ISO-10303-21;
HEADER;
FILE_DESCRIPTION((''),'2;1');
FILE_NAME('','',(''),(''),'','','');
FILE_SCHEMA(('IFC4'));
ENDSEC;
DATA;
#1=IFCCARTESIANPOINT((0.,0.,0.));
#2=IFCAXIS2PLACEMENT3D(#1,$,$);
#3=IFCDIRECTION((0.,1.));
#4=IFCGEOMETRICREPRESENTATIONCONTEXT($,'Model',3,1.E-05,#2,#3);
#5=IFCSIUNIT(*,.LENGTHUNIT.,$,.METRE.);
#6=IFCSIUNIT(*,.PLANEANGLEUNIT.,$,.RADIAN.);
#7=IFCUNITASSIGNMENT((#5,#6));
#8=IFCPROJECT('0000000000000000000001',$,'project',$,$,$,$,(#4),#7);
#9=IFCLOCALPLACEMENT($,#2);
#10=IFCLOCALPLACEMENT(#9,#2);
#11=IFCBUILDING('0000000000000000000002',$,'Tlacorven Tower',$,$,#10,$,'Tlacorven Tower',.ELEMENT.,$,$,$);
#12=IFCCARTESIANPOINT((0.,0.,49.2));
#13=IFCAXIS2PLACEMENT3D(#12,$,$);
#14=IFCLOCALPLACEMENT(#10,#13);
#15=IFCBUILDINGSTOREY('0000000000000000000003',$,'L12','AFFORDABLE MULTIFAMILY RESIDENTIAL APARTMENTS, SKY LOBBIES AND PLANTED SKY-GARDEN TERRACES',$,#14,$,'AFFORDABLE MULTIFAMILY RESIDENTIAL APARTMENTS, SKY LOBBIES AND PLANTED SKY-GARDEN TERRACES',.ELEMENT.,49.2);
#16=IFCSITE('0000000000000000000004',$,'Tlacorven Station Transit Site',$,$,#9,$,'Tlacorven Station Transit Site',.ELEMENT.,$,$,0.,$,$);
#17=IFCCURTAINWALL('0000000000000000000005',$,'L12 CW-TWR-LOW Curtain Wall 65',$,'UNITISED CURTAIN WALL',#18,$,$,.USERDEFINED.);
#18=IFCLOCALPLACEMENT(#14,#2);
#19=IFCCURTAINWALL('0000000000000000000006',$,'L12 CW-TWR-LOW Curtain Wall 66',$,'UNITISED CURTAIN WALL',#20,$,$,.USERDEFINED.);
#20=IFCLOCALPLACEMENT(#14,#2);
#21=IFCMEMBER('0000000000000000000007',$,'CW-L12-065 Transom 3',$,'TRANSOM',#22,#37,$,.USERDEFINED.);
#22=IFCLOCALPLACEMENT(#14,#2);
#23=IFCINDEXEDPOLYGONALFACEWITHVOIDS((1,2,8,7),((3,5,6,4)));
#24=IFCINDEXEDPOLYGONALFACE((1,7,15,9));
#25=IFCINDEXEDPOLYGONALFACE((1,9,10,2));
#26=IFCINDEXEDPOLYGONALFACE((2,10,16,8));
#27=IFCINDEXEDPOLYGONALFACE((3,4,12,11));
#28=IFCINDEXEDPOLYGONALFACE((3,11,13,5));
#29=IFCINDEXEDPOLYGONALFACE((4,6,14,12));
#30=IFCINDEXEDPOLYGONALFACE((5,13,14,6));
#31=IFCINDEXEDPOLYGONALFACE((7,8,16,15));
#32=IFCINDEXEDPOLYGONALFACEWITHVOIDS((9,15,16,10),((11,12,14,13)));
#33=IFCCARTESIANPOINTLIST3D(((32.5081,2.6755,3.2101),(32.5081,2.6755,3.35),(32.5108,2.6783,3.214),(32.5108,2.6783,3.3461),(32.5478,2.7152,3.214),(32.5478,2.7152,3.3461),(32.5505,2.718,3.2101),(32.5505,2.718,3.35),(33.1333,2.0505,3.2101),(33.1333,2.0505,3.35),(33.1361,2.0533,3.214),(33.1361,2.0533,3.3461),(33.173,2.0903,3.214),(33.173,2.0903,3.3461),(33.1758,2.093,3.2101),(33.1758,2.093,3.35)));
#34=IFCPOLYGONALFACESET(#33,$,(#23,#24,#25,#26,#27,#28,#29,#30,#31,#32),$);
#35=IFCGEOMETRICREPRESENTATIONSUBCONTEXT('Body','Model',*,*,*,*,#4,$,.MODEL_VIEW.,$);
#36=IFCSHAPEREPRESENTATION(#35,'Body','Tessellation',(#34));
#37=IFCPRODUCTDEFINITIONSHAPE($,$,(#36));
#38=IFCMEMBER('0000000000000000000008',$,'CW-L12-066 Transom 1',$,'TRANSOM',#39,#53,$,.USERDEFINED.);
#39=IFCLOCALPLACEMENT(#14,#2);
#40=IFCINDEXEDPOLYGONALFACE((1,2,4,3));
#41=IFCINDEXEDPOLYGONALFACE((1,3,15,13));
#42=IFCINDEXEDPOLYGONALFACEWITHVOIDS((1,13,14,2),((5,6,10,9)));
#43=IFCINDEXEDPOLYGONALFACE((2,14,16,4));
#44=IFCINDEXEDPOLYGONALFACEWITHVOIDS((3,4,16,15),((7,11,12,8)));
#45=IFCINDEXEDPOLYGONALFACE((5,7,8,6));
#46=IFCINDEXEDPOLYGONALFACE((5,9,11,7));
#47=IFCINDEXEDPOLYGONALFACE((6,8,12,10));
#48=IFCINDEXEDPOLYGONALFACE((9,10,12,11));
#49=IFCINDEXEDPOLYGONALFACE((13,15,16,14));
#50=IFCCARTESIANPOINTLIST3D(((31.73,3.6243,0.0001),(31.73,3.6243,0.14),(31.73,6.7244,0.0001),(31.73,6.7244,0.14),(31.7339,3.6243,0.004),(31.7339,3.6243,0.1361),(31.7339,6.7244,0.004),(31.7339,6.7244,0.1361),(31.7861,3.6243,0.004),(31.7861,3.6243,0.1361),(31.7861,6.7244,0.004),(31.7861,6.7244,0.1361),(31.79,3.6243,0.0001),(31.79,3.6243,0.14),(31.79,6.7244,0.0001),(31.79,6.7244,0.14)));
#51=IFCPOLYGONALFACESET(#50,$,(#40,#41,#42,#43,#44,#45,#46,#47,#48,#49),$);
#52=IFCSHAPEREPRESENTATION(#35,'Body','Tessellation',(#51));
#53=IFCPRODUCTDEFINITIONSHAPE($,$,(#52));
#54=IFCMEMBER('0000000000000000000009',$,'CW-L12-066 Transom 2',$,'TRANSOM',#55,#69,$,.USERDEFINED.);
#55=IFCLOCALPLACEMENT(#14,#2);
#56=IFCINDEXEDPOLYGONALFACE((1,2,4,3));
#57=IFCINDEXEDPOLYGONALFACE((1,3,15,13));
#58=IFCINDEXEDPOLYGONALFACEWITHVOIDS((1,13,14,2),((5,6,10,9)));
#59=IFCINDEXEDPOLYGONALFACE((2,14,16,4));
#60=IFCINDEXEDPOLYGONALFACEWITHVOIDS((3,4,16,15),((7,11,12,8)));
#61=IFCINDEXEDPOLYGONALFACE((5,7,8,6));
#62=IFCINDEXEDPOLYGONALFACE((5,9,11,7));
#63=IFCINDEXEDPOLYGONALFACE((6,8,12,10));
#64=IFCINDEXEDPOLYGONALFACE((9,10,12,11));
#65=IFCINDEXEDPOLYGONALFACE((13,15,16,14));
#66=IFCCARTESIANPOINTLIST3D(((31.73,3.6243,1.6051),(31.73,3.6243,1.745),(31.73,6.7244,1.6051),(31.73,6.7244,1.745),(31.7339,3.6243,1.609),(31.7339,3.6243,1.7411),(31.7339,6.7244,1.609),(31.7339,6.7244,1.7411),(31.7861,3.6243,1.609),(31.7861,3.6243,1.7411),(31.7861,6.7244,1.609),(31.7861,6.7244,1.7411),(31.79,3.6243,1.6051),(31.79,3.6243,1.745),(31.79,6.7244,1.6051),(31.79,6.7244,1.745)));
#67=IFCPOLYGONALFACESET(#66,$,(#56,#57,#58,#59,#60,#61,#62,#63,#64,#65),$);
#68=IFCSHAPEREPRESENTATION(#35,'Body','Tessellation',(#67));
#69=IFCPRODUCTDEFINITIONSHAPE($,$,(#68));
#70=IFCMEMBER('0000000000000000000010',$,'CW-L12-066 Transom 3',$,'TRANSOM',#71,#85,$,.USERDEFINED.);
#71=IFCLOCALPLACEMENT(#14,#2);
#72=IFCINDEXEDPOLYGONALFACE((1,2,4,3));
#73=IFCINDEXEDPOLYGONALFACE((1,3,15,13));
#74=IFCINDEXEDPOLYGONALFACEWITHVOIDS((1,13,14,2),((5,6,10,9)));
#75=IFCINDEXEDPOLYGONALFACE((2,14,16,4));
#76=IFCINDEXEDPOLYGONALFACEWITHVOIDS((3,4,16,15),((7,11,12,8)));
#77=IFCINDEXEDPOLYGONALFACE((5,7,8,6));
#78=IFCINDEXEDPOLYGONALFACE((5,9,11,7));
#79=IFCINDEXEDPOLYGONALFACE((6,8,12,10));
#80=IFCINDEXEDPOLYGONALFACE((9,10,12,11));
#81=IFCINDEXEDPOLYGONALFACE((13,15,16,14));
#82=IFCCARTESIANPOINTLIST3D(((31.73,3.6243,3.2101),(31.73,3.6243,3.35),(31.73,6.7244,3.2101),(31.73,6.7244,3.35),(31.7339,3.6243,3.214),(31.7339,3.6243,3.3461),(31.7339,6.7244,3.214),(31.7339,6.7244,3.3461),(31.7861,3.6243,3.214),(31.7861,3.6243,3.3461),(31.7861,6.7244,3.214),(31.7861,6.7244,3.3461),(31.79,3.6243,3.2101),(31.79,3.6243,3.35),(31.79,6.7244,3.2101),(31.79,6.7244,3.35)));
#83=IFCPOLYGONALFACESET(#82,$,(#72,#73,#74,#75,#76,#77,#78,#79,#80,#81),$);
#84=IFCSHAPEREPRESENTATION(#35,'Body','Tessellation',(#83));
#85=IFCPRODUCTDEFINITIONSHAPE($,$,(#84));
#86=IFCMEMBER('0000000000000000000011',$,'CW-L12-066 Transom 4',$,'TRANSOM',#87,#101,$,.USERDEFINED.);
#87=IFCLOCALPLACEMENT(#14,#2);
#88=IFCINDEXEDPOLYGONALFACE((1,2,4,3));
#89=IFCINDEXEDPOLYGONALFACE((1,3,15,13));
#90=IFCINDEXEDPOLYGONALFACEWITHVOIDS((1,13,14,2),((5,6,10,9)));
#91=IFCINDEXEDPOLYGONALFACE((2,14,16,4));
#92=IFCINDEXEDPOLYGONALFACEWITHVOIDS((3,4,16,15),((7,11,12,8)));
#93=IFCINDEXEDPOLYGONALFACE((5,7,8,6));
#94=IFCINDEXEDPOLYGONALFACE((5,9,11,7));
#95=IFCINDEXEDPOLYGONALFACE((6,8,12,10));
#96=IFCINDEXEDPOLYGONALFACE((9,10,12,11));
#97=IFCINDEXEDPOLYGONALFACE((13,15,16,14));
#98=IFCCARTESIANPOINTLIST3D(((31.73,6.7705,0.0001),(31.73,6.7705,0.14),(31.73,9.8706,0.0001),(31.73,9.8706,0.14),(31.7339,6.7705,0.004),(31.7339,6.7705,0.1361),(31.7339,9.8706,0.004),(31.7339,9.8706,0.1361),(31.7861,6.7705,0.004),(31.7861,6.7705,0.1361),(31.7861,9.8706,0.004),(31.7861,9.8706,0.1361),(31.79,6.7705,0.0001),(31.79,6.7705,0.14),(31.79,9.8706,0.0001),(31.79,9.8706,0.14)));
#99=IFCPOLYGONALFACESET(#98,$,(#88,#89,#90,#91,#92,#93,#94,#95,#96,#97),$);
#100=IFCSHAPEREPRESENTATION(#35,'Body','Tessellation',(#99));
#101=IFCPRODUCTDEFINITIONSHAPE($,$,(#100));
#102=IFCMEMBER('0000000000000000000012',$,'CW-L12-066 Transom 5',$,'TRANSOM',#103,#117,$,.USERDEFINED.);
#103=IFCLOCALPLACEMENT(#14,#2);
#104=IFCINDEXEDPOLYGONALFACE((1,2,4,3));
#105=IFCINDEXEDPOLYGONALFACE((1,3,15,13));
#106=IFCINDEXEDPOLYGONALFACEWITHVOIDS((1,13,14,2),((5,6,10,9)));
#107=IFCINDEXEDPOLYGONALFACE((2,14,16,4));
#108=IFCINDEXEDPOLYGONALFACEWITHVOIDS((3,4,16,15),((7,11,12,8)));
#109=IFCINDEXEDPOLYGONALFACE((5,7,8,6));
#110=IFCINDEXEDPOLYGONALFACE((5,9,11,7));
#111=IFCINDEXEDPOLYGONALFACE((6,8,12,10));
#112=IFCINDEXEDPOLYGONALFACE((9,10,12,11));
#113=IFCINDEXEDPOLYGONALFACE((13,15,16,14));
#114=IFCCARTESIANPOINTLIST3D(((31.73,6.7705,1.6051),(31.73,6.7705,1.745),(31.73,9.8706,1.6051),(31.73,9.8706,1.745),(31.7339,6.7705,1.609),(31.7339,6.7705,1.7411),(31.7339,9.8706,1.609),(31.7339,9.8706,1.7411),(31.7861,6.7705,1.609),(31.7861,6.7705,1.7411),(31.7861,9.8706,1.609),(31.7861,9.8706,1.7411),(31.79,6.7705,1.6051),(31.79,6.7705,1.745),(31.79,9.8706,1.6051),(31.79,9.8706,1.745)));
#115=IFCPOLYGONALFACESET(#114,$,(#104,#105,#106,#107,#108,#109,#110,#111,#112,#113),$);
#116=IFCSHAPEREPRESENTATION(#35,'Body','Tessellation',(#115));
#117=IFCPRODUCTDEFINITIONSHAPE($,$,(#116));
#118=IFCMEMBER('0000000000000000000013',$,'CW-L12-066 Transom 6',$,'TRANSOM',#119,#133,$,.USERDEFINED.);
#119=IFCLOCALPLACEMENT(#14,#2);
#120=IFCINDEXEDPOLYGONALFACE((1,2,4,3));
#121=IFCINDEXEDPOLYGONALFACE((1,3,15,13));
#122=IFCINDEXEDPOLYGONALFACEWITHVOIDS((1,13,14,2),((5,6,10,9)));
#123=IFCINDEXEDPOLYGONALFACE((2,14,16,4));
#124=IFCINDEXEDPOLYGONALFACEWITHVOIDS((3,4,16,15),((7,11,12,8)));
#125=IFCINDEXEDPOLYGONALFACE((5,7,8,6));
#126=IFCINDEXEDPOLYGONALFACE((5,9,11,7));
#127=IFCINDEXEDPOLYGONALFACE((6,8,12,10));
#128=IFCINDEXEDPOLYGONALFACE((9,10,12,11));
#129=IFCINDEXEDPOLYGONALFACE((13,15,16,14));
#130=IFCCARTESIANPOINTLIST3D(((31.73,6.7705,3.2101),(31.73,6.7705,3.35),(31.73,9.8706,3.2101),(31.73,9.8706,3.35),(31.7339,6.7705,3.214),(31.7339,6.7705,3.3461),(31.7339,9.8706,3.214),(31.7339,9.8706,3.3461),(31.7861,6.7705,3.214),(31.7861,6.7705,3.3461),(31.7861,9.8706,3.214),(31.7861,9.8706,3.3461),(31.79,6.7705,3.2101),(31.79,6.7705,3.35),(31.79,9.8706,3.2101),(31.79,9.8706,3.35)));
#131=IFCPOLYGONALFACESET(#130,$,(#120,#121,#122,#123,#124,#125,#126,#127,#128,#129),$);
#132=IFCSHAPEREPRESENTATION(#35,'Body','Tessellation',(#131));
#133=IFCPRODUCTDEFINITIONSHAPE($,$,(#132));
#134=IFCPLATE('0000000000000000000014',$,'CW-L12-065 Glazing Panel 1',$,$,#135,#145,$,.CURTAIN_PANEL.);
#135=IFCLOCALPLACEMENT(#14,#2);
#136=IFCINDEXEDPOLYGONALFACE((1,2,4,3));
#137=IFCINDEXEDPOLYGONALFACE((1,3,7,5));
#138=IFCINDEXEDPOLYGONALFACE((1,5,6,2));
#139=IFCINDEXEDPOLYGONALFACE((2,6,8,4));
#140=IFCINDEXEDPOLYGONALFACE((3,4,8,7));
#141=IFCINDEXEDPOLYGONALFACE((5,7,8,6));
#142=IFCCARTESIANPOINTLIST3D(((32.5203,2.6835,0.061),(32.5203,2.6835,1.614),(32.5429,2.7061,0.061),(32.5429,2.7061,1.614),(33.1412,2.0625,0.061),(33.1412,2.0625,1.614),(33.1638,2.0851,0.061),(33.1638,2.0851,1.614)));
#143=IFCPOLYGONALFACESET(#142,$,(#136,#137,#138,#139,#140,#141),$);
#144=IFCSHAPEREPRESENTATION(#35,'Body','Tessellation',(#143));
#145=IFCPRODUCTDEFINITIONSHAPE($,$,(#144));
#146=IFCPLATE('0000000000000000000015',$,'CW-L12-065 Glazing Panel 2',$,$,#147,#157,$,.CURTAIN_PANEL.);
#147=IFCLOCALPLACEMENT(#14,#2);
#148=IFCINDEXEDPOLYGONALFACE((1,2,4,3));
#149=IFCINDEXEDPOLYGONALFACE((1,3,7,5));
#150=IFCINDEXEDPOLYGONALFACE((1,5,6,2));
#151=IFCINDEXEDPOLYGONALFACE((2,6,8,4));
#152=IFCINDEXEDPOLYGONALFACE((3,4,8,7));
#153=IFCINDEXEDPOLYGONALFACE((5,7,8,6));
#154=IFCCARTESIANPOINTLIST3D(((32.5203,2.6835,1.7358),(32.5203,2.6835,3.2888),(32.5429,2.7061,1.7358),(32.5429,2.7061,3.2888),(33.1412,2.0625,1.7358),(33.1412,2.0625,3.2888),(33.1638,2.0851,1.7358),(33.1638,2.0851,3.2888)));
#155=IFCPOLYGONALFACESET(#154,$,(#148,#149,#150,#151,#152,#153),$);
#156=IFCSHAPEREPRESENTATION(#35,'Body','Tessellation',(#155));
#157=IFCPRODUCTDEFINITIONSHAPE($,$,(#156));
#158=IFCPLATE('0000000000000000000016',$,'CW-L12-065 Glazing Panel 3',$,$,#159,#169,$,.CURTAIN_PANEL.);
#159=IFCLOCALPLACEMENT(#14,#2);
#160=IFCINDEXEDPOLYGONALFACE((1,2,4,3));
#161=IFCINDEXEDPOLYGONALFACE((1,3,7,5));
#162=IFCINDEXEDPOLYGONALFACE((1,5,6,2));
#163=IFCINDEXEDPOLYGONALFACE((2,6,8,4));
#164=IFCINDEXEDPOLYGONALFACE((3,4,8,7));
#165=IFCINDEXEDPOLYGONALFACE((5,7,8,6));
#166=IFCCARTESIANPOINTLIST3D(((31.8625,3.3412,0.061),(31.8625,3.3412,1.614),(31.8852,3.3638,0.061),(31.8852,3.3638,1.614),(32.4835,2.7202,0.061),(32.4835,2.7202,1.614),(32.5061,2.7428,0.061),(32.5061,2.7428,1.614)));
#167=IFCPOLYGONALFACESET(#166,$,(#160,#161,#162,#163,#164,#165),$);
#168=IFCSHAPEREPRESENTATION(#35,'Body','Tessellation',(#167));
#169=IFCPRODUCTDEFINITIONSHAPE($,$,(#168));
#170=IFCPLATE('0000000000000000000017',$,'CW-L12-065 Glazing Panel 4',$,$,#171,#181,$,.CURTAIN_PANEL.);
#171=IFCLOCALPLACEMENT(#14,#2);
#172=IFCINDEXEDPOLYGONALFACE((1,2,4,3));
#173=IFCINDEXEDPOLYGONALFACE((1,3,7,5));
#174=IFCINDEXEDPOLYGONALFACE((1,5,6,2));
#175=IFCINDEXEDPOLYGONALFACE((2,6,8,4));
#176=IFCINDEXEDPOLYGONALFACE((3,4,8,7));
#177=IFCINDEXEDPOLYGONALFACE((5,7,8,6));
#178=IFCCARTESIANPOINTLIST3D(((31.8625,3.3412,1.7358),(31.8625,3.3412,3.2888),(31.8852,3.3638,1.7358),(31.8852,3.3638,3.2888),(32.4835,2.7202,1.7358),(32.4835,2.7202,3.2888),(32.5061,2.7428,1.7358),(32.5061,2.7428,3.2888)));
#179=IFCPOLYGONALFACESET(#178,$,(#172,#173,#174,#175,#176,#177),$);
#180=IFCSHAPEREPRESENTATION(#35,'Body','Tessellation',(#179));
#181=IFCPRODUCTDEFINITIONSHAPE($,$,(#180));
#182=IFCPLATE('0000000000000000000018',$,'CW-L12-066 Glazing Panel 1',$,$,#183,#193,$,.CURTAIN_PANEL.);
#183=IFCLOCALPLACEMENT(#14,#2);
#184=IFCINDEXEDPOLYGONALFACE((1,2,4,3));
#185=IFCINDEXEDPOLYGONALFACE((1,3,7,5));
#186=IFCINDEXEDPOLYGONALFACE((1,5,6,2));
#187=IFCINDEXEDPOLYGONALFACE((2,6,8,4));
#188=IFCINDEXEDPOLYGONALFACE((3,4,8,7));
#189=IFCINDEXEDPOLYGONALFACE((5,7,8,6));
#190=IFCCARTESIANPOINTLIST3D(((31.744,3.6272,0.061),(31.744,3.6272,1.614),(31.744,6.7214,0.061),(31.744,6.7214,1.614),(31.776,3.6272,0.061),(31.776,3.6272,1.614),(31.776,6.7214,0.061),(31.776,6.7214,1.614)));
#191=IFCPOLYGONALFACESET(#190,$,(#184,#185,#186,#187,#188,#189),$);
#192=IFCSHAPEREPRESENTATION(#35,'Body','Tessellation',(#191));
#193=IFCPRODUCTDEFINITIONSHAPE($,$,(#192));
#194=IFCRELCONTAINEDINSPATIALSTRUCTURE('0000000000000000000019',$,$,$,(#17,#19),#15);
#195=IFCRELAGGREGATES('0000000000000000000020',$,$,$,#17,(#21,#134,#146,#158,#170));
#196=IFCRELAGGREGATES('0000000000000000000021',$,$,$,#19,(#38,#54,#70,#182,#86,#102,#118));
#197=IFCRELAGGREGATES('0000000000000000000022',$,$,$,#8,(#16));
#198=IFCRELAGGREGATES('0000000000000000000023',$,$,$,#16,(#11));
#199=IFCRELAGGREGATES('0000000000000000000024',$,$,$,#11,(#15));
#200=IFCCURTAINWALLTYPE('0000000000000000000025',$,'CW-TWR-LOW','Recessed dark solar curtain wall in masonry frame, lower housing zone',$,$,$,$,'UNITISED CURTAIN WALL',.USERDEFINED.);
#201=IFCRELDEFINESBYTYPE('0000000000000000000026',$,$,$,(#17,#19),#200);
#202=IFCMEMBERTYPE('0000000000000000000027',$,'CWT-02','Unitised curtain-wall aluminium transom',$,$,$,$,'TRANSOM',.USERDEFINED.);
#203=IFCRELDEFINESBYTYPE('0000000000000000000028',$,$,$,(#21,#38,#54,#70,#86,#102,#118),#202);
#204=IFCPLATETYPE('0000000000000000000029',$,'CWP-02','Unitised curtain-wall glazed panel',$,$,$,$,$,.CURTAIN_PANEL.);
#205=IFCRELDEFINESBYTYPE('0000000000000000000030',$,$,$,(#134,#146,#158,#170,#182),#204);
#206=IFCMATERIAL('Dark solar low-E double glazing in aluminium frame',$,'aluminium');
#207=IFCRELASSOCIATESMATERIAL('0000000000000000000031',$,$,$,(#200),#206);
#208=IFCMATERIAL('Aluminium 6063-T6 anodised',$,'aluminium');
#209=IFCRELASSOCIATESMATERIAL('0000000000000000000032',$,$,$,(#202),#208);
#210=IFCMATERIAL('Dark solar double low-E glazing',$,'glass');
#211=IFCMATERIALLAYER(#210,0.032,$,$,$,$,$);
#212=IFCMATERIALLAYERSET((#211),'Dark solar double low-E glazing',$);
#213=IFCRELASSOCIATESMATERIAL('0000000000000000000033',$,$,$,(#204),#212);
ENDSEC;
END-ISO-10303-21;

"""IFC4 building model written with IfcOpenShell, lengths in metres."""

from ifc_helpers import new_model, si_unit, direction, frame, origin, origin_2d, place, context, subcontext, project, spatial, rectangle, hollow_rectangle, extrude, source, transform, mapped, material, layer, layer_set, material_profile, profile_set, type_object, element, aggregate, save


model = new_model("IFC4")

# Units and contexts
model_context = context("Model", 3, precision=1e-05, world=origin(), true_north=direction((0.0, 1.0)))
body_context = subcontext(model_context, "Body", "Model", "MODEL_VIEW")
ifc_project = project(units=[si_unit("LENGTHUNIT", "METRE"), si_unit("PLANEANGLEUNIT", "RADIAN")], contexts=[model_context])

# Site, building, storey
site_placement = place(None, origin())
site = spatial("IfcSite", under=ifc_project, at=site_placement, Name="Tlacorven Station Transit Site", LongName="Tlacorven Station Transit Site", CompositionType="ELEMENT", RefElevation=0.0)
building_placement = place(site_placement, origin())
building = spatial("IfcBuilding", under=site, at=building_placement, Name="Tlacorven Tower", LongName="Tlacorven Tower", CompositionType="ELEMENT")
storey_placement = place(building_placement, frame((0.0, 0.0, 49.2)))
storey = spatial("IfcBuildingStorey", under=building, at=storey_placement, Name="L12", Description="AFFORDABLE MULTIFAMILY RESIDENTIAL APARTMENTS, SKY LOBBIES AND PLANTED SKY-GARDEN TERRACES", LongName="AFFORDABLE MULTIFAMILY RESIDENTIAL APARTMENTS, SKY LOBBIES AND PLANTED SKY-GARDEN TERRACES", CompositionType="ELEMENT", Elevation=49.2)

# Shared definitions
ifc_material_1 = material(Name="Dark solar low-E double glazing in aluminium frame", Category="aluminium")
curtain_wall_type = type_object("IfcCurtainWallType", Name="CW-TWR-LOW", Description="Recessed dark solar curtain wall in masonry frame, lower housing zone", ElementType="UNITISED CURTAIN WALL", PredefinedType="USERDEFINED", material=ifc_material_1)
ifc_material_2 = material(Name="Aluminium 6063-T6 anodised", Category="aluminium")

# Curtain walls
curtain_wall_1_placement = place(storey_placement, origin())
curtain_wall_1 = element("IfcCurtainWall", 1, at=curtain_wall_1_placement, inside=storey, type_object=curtain_wall_type, Name="L12 CW-TWR-LOW Curtain Wall 65", ObjectType="UNITISED CURTAIN WALL", PredefinedType="USERDEFINED")
curtain_wall_2_placement = place(storey_placement, origin())
curtain_wall_2 = element("IfcCurtainWall", 2, at=curtain_wall_2_placement, inside=storey, type_object=curtain_wall_type, Name="L12 CW-TWR-LOW Curtain Wall 66", ObjectType="UNITISED CURTAIN WALL", PredefinedType="USERDEFINED")

# Members
ifc_material_profile_1 = material_profile(ifc_material_2, hollow_rectangle(XDim=0.0601, YDim=0.1399, WallThickness=0.0039, at=origin_2d()), Name="ALU TRANSOM 60X140")
ifc_profile_set_1 = profile_set([ifc_material_profile_1], Name="Aluminium 6063-T6 anodised")
member_type_1 = type_object("IfcMemberType", Name="CWT-02", Description="Unitised curtain-wall aluminium transom", ElementType="TRANSOM", PredefinedType="USERDEFINED", material=ifc_profile_set_1)
shared_shape_1 = source(origin(), body_context, "Body", "SweptSolid", [
    extrude(hollow_rectangle(XDim=0.0601, YDim=0.1399, WallThickness=0.0039, at=origin_2d()), origin(), (0.0, 0.0, 1.0), 0.884),
])
member_1_placement = place(storey_placement, frame((33.1545, 2.0718, 3.28), z_axis=(-0.707245, 0.706969, 0.0), x_axis=(-0.706969, -0.707245, 0.0)))
member_1 = element("IfcMember", 3, at=member_1_placement, type_object=member_type_1, Name="CW-L12-065 Transom 3", ObjectType="TRANSOM", PredefinedType="USERDEFINED", context=body_context, shape_type="MappedRepresentation", body=[
    mapped(shared_shape_1, transform((0.0, 0.0, 0.0), scale=1.0)),
])
shared_shape_2 = source(origin(), body_context, "Body", "SweptSolid", [
    extrude(hollow_rectangle(XDim=0.0601, YDim=0.1399, WallThickness=0.0039, at=origin_2d()), origin(), (0.0, 0.0, 1.0), 3.1001),
])
member_2_placement = place(storey_placement, frame((31.76, 3.6243, 0.0701), z_axis=(0.0, 1.0, 0.0), x_axis=(-1.0, 0.0, 0.0)))
member_2 = element("IfcMember", 4, at=member_2_placement, type_object=member_type_1, Name="CW-L12-066 Transom 1", ObjectType="TRANSOM", PredefinedType="USERDEFINED", context=body_context, shape_type="MappedRepresentation", body=[
    mapped(shared_shape_2, transform((0.0, 0.0, 0.0), scale=1.0)),
])
member_3_placement = place(storey_placement, frame((31.76, 3.6243, 1.675), z_axis=(0.0, 1.0, 0.0), x_axis=(-1.0, 0.0, 0.0)))
member_3 = element("IfcMember", 5, at=member_3_placement, type_object=member_type_1, Name="CW-L12-066 Transom 2", ObjectType="TRANSOM", PredefinedType="USERDEFINED", context=body_context, shape_type="MappedRepresentation", body=[
    mapped(shared_shape_2, transform((0.0, 0.0, 0.0), scale=1.0)),
])
member_4_placement = place(storey_placement, frame((31.76, 3.6243, 3.28), z_axis=(0.0, 1.0, 0.0), x_axis=(-1.0, 0.0, 0.0)))
member_4 = element("IfcMember", 6, at=member_4_placement, type_object=member_type_1, Name="CW-L12-066 Transom 3", ObjectType="TRANSOM", PredefinedType="USERDEFINED", context=body_context, shape_type="MappedRepresentation", body=[
    mapped(shared_shape_2, transform((0.0, 0.0, 0.0), scale=1.0)),
])
member_5_placement = place(storey_placement, frame((31.76, 6.7705, 0.0701), z_axis=(0.0, 1.0, 0.0), x_axis=(-1.0, 0.0, 0.0)))
member_5 = element("IfcMember", 7, at=member_5_placement, type_object=member_type_1, Name="CW-L12-066 Transom 4", ObjectType="TRANSOM", PredefinedType="USERDEFINED", context=body_context, shape_type="MappedRepresentation", body=[
    mapped(shared_shape_2, transform((0.0, 0.0, 0.0), scale=1.0)),
])
member_6_placement = place(storey_placement, frame((31.76, 6.7705, 1.675), z_axis=(0.0, 1.0, 0.0), x_axis=(-1.0, 0.0, 0.0)))
member_6 = element("IfcMember", 8, at=member_6_placement, type_object=member_type_1, Name="CW-L12-066 Transom 5", ObjectType="TRANSOM", PredefinedType="USERDEFINED", context=body_context, shape_type="MappedRepresentation", body=[
    mapped(shared_shape_2, transform((0.0, 0.0, 0.0), scale=1.0)),
])
member_7_placement = place(storey_placement, frame((31.76, 6.7705, 3.28), z_axis=(0.0, 1.0, 0.0), x_axis=(-1.0, 0.0, 0.0)))
member_7 = element("IfcMember", 9, at=member_7_placement, type_object=member_type_1, Name="CW-L12-066 Transom 6", ObjectType="TRANSOM", PredefinedType="USERDEFINED", context=body_context, shape_type="MappedRepresentation", body=[
    mapped(shared_shape_2, transform((0.0, 0.0, 0.0), scale=1.0)),
])

# Plates
ifc_material_3 = material(Name="Dark solar double low-E glazing", Category="glass")
ifc_layer = layer(ifc_material_3, 0.032)
ifc_layer_set = layer_set([ifc_layer], Name="Dark solar double low-E glazing")
plate_type = type_object("IfcPlateType", Name="CWP-02", Description="Unitised curtain-wall glazed panel", PredefinedType="CURTAIN_PANEL", material=ifc_layer_set)
shared_shape_3 = source(origin(), body_context, "Body", "SweptSolid", [
    extrude(rectangle(XDim=0.8782, YDim=0.032, at=origin_2d()), origin(), (0.0, 0.0, 1.0), 1.553),
])
plate_1_placement = place(storey_placement, frame((32.842, 2.3843, 0.061), z_axis=(0.0, 0.0, 1.0), x_axis=(-0.707107, 0.707107, 0.0)))
plate_1 = element("IfcPlate", 10, at=plate_1_placement, type_object=plate_type, Name="CW-L12-065 Glazing Panel 1", PredefinedType="CURTAIN_PANEL", context=body_context, shape_type="MappedRepresentation", body=[
    mapped(shared_shape_3, transform((0.0, 0.0, 0.0), scale=1.0)),
])
plate_2_placement = place(storey_placement, frame((32.842, 2.3843, 1.7358), z_axis=(0.0, 0.0, 1.0), x_axis=(-0.707107, 0.707107, 0.0)))
plate_2 = element("IfcPlate", 11, at=plate_2_placement, type_object=plate_type, Name="CW-L12-065 Glazing Panel 2", PredefinedType="CURTAIN_PANEL", context=body_context, shape_type="MappedRepresentation", body=[
    mapped(shared_shape_3, transform((0.0, 0.0, 0.0), scale=1.0)),
])
plate_3_placement = place(storey_placement, frame((32.1843, 3.042, 0.061), z_axis=(0.0, 0.0, 1.0), x_axis=(-0.707107, 0.707107, 0.0)))
plate_3 = element("IfcPlate", 12, at=plate_3_placement, type_object=plate_type, Name="CW-L12-065 Glazing Panel 3", PredefinedType="CURTAIN_PANEL", context=body_context, shape_type="MappedRepresentation", body=[
    mapped(shared_shape_3, transform((0.0, 0.0, 0.0), scale=1.0)),
])
plate_4_placement = place(storey_placement, frame((32.1843, 3.042, 1.7358), z_axis=(0.0, 0.0, 1.0), x_axis=(-0.707107, 0.707107, 0.0)))
plate_4 = element("IfcPlate", 13, at=plate_4_placement, type_object=plate_type, Name="CW-L12-065 Glazing Panel 4", PredefinedType="CURTAIN_PANEL", context=body_context, shape_type="MappedRepresentation", body=[
    mapped(shared_shape_3, transform((0.0, 0.0, 0.0), scale=1.0)),
])
aggregate(curtain_wall_1, [member_1, plate_1, plate_2, plate_3, plate_4])
shared_shape_4 = source(origin(), body_context, "Body", "SweptSolid", [
    extrude(rectangle(XDim=3.0942, YDim=0.032, at=origin_2d()), origin(), (0.0, 0.0, 1.0), 1.553),
])
plate_5_placement = place(storey_placement, frame((31.76, 5.1743, 0.061), z_axis=(0.0, 0.0, 1.0), x_axis=(0.0, 1.0, 0.0)))
plate_5 = element("IfcPlate", 14, at=plate_5_placement, type_object=plate_type, Name="CW-L12-066 Glazing Panel 1", PredefinedType="CURTAIN_PANEL", context=body_context, shape_type="MappedRepresentation", body=[
    mapped(shared_shape_4, transform((0.0, 0.0, 0.0), scale=1.0)),
])
aggregate(curtain_wall_2, [member_2, member_3, member_4, plate_5, member_5, member_6, member_7])

save(model, "model.ifc")
